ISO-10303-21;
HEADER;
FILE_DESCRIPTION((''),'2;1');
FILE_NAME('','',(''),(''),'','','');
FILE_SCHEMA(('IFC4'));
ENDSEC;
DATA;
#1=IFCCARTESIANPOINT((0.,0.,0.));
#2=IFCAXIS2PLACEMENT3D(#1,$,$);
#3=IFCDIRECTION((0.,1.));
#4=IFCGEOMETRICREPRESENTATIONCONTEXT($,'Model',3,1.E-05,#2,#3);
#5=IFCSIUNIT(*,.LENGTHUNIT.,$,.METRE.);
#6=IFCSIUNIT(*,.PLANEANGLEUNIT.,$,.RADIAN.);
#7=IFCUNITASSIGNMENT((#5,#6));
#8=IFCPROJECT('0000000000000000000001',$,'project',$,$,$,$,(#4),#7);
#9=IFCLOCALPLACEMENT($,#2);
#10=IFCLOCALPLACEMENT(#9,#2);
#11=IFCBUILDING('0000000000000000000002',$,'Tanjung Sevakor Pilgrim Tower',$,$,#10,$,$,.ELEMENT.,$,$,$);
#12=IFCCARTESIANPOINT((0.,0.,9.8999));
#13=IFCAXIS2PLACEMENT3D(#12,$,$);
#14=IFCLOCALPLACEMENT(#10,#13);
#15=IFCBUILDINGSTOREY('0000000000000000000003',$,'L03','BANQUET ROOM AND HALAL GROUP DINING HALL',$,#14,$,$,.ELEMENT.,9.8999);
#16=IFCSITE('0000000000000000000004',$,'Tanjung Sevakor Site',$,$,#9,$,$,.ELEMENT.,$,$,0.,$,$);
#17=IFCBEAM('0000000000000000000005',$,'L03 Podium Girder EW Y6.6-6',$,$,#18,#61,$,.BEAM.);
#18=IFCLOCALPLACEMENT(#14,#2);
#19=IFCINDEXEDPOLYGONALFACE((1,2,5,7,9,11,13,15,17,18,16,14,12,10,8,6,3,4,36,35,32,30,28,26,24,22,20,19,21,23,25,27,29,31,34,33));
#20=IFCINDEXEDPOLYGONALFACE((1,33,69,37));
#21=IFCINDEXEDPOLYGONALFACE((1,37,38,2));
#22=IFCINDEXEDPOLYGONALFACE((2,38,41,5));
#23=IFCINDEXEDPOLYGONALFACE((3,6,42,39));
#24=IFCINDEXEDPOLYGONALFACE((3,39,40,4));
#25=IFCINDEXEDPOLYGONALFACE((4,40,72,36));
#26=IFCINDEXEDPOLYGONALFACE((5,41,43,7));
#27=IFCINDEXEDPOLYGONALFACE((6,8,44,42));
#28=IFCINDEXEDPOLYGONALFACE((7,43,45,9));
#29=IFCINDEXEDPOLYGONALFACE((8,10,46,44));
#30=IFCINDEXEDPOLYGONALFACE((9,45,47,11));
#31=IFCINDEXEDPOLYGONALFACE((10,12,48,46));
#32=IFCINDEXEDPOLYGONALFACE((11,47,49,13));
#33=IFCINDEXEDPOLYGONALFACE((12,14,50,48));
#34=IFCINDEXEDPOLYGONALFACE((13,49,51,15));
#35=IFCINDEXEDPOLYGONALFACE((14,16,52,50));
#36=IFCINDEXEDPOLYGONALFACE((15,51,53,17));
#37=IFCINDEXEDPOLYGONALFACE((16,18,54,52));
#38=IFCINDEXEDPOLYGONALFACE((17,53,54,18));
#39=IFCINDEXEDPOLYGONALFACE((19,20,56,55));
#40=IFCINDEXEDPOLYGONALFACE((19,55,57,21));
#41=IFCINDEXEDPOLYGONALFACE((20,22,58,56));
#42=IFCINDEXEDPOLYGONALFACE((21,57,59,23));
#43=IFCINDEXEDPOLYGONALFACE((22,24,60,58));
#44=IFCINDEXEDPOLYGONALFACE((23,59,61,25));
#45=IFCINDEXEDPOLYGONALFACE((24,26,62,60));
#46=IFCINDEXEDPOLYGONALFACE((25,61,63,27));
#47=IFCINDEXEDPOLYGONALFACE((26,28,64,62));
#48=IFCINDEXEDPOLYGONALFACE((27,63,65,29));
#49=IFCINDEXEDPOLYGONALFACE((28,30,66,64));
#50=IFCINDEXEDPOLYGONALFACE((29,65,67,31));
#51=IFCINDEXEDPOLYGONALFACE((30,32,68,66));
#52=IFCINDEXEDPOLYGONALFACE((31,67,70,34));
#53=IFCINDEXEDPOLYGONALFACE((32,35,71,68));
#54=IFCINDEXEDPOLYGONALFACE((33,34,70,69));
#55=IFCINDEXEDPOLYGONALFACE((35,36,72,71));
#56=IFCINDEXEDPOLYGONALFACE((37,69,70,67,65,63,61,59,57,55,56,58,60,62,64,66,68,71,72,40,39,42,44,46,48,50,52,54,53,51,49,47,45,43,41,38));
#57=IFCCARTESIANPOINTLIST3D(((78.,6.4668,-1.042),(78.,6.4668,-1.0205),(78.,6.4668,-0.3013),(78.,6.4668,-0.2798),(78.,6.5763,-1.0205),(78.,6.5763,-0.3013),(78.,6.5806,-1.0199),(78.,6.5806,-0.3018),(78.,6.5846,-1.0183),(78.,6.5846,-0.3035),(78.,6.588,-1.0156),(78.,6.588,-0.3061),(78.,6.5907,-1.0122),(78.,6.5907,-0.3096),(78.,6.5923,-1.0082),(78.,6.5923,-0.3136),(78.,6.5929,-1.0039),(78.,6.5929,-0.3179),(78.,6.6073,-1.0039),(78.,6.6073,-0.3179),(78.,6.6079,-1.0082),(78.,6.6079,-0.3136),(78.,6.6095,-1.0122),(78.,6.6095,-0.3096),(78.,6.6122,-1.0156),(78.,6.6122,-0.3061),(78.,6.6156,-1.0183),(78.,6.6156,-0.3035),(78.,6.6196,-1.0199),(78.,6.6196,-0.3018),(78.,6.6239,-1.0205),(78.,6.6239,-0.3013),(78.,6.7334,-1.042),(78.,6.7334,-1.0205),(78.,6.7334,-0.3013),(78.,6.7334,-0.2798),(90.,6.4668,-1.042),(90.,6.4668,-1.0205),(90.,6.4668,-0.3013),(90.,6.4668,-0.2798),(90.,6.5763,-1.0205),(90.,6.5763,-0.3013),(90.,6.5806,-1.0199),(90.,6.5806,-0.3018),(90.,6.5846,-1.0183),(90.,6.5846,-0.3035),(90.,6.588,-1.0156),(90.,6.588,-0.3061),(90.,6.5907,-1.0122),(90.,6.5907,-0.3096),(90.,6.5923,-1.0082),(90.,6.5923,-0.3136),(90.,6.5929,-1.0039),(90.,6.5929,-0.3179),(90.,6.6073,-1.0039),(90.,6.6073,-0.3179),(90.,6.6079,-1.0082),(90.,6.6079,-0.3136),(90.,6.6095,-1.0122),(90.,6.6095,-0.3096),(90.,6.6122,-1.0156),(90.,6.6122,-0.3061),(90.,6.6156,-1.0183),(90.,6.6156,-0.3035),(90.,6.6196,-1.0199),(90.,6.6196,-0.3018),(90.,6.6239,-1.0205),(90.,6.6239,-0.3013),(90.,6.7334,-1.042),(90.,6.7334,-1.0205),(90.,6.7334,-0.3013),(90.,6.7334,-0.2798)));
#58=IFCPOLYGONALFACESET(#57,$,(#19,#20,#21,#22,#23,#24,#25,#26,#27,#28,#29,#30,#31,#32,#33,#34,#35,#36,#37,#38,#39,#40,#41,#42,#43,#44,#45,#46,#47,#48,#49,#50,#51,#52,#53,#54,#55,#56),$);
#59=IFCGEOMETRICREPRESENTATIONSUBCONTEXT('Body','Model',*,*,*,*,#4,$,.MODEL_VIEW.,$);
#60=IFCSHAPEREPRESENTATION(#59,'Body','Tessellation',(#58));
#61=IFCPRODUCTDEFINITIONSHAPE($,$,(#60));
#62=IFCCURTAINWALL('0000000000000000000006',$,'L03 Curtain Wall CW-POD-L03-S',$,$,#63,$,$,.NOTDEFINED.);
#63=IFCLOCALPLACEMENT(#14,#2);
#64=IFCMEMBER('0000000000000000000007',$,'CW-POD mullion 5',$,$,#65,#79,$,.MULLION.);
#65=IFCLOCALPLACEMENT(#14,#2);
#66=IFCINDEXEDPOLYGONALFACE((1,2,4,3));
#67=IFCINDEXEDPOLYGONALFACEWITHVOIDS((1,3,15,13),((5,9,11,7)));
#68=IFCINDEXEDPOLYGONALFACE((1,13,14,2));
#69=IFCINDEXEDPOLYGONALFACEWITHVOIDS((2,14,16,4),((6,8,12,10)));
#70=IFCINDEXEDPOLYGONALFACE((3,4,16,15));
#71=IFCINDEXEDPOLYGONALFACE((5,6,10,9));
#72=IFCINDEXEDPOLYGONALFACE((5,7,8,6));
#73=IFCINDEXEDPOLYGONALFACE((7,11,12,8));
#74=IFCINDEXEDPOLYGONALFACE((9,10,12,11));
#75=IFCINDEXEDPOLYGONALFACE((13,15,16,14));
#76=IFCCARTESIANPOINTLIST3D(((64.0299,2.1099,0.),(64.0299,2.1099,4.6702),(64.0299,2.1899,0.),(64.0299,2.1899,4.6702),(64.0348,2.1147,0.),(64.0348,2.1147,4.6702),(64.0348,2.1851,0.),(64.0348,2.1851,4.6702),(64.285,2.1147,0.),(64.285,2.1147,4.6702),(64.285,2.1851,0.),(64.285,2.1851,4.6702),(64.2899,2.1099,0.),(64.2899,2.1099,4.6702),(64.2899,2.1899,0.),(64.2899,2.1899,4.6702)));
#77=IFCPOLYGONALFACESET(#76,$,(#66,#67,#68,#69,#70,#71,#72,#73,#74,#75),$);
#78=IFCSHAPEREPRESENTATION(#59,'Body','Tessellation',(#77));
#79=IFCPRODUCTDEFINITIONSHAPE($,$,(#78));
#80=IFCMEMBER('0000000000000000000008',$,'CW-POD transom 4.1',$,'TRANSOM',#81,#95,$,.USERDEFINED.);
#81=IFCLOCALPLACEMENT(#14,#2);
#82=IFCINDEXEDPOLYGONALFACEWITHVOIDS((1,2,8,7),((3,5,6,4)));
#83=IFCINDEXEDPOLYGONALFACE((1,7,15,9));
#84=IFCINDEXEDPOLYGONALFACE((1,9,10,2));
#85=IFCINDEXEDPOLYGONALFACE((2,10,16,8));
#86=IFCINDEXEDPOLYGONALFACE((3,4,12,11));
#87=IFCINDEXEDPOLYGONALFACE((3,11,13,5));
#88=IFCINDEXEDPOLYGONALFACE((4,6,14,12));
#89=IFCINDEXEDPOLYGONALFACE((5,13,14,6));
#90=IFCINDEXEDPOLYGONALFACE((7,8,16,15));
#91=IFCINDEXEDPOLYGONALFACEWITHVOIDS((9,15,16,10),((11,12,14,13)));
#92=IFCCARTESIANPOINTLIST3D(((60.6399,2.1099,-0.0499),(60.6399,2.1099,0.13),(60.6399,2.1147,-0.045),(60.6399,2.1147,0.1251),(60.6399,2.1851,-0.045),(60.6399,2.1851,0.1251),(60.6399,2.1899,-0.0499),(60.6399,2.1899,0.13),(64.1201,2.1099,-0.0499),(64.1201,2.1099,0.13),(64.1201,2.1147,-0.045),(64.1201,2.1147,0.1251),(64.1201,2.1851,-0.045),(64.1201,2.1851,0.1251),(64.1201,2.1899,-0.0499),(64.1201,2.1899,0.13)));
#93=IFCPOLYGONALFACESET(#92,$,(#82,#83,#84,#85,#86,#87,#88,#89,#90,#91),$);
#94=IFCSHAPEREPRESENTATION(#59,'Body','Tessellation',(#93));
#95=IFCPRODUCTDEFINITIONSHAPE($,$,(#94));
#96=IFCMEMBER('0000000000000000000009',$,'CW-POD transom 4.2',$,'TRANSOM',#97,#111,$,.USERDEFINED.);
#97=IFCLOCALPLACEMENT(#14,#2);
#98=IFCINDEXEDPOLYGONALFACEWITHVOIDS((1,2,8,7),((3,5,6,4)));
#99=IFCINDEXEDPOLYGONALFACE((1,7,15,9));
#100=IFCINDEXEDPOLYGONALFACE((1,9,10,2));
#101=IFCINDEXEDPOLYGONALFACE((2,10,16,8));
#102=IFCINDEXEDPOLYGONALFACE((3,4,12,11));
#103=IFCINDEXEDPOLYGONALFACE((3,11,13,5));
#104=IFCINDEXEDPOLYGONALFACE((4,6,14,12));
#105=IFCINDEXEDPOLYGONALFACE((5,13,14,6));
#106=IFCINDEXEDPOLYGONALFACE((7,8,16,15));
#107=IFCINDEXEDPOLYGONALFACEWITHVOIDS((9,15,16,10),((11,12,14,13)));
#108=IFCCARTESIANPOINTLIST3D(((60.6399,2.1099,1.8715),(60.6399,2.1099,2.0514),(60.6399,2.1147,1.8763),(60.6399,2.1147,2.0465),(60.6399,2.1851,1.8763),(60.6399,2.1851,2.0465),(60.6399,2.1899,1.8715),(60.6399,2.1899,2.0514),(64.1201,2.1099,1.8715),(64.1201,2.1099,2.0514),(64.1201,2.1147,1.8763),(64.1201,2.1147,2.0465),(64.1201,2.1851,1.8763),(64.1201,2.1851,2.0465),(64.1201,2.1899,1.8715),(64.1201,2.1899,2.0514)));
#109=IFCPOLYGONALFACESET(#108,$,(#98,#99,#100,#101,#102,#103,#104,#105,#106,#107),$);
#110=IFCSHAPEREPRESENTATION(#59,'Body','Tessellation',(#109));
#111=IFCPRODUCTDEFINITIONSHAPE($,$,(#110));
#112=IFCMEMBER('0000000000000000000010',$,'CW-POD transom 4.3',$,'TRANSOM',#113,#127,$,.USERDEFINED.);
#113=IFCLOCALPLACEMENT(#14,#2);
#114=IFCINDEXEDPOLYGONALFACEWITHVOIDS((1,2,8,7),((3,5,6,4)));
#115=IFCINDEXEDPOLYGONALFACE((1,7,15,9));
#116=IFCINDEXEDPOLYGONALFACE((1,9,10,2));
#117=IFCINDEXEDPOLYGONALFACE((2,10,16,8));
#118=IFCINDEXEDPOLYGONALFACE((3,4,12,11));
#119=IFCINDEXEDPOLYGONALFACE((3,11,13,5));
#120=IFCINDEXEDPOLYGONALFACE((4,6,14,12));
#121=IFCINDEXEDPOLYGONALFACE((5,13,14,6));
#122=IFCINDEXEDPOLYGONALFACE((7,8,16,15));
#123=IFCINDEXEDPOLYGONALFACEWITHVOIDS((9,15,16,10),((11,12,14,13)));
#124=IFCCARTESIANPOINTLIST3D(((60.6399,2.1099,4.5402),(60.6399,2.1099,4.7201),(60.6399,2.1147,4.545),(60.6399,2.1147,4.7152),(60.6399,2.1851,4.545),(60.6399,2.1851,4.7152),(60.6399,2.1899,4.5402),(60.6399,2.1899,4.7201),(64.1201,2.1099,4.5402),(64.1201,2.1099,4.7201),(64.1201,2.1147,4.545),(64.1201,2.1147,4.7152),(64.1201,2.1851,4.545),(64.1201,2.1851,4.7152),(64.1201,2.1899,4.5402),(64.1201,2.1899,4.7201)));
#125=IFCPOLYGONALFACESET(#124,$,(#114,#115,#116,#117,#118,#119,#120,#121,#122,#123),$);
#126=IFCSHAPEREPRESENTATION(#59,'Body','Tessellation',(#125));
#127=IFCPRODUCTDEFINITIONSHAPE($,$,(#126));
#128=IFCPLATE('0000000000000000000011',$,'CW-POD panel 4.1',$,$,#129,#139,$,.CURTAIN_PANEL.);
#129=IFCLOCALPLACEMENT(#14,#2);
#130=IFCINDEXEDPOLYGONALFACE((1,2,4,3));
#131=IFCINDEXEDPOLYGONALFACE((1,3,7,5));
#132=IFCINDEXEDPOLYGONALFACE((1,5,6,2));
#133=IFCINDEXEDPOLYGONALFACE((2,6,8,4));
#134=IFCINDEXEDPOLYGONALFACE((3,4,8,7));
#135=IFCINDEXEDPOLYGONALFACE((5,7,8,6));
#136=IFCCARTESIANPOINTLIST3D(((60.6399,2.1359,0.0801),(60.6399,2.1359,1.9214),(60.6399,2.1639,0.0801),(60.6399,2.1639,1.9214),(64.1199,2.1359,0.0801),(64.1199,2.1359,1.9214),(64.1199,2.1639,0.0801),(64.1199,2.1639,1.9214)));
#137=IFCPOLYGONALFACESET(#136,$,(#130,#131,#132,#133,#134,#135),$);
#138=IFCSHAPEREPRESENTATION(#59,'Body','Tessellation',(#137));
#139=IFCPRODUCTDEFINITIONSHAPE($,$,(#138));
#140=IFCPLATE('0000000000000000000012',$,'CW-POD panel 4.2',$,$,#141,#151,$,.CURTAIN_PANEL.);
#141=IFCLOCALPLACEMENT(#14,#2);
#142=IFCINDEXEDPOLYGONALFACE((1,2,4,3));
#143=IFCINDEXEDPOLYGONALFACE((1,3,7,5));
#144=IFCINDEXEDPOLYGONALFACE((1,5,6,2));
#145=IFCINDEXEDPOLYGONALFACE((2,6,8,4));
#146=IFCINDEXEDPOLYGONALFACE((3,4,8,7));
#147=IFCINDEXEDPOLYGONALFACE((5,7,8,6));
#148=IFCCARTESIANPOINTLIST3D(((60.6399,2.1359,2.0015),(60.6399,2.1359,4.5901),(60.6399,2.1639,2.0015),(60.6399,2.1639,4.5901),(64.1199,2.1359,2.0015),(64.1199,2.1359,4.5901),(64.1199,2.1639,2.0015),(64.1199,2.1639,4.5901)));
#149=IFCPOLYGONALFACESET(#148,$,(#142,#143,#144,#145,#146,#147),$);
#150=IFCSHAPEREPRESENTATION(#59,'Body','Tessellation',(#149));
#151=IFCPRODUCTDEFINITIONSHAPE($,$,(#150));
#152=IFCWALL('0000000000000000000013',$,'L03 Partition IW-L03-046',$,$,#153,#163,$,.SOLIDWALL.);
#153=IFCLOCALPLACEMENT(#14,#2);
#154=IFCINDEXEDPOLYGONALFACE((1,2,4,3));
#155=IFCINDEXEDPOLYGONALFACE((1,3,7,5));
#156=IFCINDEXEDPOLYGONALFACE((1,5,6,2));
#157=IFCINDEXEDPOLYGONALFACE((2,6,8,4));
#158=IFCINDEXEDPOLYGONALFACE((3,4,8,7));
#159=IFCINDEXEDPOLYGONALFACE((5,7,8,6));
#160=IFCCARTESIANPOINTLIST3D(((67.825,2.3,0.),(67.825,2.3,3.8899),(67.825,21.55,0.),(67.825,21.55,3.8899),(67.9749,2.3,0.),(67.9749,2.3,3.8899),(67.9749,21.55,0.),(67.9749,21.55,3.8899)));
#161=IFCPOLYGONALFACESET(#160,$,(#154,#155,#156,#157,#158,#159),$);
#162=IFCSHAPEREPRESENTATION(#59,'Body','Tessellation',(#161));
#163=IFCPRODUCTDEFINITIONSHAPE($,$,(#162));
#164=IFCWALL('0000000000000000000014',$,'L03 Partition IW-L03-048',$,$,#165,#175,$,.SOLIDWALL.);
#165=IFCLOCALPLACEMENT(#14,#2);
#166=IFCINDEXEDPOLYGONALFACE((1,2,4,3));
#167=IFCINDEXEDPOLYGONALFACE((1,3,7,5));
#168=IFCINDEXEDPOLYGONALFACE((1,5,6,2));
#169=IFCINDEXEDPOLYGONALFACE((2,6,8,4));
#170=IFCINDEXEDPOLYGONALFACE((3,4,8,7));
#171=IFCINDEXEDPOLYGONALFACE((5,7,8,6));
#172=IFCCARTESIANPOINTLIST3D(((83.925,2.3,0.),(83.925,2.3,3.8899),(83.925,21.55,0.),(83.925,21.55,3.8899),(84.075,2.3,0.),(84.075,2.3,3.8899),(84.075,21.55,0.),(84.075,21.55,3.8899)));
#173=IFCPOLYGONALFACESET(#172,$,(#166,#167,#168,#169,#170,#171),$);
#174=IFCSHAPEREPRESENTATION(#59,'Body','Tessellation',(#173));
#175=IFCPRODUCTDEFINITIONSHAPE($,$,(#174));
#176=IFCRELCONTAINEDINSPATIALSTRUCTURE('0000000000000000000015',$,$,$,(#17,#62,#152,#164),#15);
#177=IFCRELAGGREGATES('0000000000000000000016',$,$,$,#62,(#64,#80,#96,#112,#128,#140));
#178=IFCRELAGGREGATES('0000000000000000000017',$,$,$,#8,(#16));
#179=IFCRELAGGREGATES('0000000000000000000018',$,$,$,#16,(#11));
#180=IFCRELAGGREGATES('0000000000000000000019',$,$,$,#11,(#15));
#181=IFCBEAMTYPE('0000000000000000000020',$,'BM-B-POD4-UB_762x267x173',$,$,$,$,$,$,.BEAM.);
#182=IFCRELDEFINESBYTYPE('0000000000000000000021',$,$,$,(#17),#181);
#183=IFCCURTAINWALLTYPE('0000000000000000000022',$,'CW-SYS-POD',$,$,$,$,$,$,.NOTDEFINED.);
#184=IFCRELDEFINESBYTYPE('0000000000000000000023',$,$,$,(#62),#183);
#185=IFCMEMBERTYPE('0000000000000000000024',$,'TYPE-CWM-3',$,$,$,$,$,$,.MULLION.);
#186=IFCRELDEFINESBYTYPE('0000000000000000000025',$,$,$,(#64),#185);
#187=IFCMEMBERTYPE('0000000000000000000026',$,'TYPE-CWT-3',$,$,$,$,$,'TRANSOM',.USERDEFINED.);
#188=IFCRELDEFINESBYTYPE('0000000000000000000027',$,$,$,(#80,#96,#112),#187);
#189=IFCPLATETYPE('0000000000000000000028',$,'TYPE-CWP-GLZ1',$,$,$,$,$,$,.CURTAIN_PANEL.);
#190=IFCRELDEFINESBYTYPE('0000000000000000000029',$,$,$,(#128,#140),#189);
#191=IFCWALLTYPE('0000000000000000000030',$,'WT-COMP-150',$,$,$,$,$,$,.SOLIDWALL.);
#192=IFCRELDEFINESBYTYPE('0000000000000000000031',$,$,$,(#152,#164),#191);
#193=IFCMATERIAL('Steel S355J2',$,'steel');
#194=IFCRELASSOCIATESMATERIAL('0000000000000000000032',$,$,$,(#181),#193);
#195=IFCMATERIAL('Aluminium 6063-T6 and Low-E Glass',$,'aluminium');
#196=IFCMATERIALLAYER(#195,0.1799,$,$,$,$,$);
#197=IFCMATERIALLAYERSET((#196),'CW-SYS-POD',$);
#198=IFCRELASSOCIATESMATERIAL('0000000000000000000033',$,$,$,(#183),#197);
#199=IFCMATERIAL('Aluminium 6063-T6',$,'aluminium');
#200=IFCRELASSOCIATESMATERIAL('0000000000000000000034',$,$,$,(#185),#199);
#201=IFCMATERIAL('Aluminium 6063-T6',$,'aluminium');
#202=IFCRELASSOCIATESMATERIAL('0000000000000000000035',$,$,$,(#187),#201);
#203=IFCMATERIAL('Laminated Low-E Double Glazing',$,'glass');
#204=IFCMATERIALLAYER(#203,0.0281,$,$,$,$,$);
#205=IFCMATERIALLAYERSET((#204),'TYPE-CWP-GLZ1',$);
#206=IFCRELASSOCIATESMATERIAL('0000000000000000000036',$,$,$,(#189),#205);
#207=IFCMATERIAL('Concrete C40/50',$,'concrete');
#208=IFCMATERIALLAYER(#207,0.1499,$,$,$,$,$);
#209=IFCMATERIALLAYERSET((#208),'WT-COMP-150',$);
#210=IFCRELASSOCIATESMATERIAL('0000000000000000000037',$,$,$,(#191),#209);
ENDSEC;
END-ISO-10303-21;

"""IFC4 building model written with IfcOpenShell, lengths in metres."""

from ifc_helpers import new_model, si_unit, direction, frame, frame_2d, origin, origin_2d, place, context, subcontext, project, spatial, rectangle, hollow_rectangle, i_section, extrude, material, layer, layer_set, material_profile, profile_set, type_object, element, aggregate, save


model = new_model("IFC4")

# Units and contexts
model_context = context("Model", 3, precision=1e-05, world=origin(), true_north=direction((0.0, 1.0)))
body_context = subcontext(model_context, "Body", "Model", "MODEL_VIEW")
ifc_project = project(units=[si_unit("LENGTHUNIT", "METRE"), si_unit("PLANEANGLEUNIT", "RADIAN")], contexts=[model_context])

# Site, building, storey
site_placement = place(None, origin())
site = spatial("IfcSite", under=ifc_project, at=site_placement, Name="Tanjung Sevakor Site", CompositionType="ELEMENT", RefElevation=0.0)
building_placement = place(site_placement, origin())
building = spatial("IfcBuilding", under=site, at=building_placement, Name="Tanjung Sevakor Pilgrim Tower", CompositionType="ELEMENT")
storey_placement = place(building_placement, frame((0.0, 0.0, 9.8999)))
storey = spatial("IfcBuildingStorey", under=building, at=storey_placement, Name="L03", Description="BANQUET ROOM AND HALAL GROUP DINING HALL", CompositionType="ELEMENT", Elevation=9.8999)

# Beam
ifc_material_1 = material(Name="Steel S355J2", Category="steel")
ifc_material_profile_1 = material_profile(ifc_material_1, i_section(OverallWidth=0.2666, OverallDepth=0.7622, WebThickness=0.0144, FlangeThickness=0.0215, FilletRadius=0.0166, at=origin_2d()))
ifc_profile_set_1 = profile_set([ifc_material_profile_1], Name="Steel S355J2")
beam_type_1 = type_object("IfcBeamType", Name="BM-B-POD4-UB_762x267x173", PredefinedType="BEAM", material=ifc_profile_set_1)
beam_1_placement = place(storey_placement, frame((78.0, 6.6001, -0.6609), z_axis=(1.0, 0.0, 0.0), x_axis=(0.0, 1.0, 0.0)))
element("IfcBeam", 1, at=beam_1_placement, inside=storey, type_object=beam_type_1, Name="L03 Podium Girder EW Y6.6-6", PredefinedType="BEAM", context=body_context, shape_type="SweptSolid", body=[
    extrude(i_section(OverallWidth=0.2666, OverallDepth=0.7622, WebThickness=0.0144, FlangeThickness=0.0215, FilletRadius=0.0166, at=origin_2d()), origin(), (0.0, 0.0, 1.0), 12.0),
])

# Curtain wall, members, plates
ifc_material_2 = material(Name="Aluminium 6063-T6 and Low-E Glass", Category="aluminium")
ifc_layer_1 = layer(ifc_material_2, 0.1799)
ifc_layer_set_1 = layer_set([ifc_layer_1], Name="CW-SYS-POD")
curtain_wall_type = type_object("IfcCurtainWallType", Name="CW-SYS-POD", PredefinedType="NOTDEFINED", material=ifc_layer_set_1)
curtain_wall_placement = place(storey_placement, origin())
curtain_wall = element("IfcCurtainWall", 2, at=curtain_wall_placement, inside=storey, type_object=curtain_wall_type, Name="L03 Curtain Wall CW-POD-L03-S", PredefinedType="NOTDEFINED")
ifc_material_3 = material(Name="Aluminium 6063-T6", Category="aluminium")
ifc_material_profile_2 = material_profile(ifc_material_3, hollow_rectangle(XDim=0.0801, YDim=0.26, WallThickness=0.0049, at=origin_2d()))
ifc_profile_set_2 = profile_set([ifc_material_profile_2], Name="Aluminium 6063-T6")
member_type_1 = type_object("IfcMemberType", Name="TYPE-CWM-3", PredefinedType="MULLION", material=ifc_profile_set_2)
member_1_placement = place(storey_placement, frame((64.1599, 2.1499, 0.0), z_axis=(0.0, 0.0, 1.0), x_axis=(0.0, 1.0, 0.0)))
member_1 = element("IfcMember", 3, at=member_1_placement, type_object=member_type_1, Name="CW-POD mullion 5", PredefinedType="MULLION", context=body_context, shape_type="SweptSolid", body=[
    extrude(hollow_rectangle(XDim=0.0801, YDim=0.26, WallThickness=0.0049, at=origin_2d()), origin(), (0.0, 0.0, 1.0), 4.6702),
])
ifc_material_4 = material(Name="Aluminium 6063-T6", Category="aluminium")
ifc_material_profile_3 = material_profile(ifc_material_4, hollow_rectangle(XDim=0.0801, YDim=0.1799, WallThickness=0.0049, at=origin_2d()))
ifc_profile_set_3 = profile_set([ifc_material_profile_3], Name="Aluminium 6063-T6")
member_type_2 = type_object("IfcMemberType", Name="TYPE-CWT-3", ElementType="TRANSOM", PredefinedType="USERDEFINED", material=ifc_profile_set_3)
member_2_placement = place(storey_placement, frame((60.6399, 2.1499, 0.04), z_axis=(1.0, 0.0, 0.0), x_axis=(0.0, 1.0, 0.0)))
member_2 = element("IfcMember", 4, at=member_2_placement, type_object=member_type_2, Name="CW-POD transom 4.1", ObjectType="TRANSOM", PredefinedType="USERDEFINED", context=body_context, shape_type="SweptSolid", body=[
    extrude(hollow_rectangle(XDim=0.0801, YDim=0.1799, WallThickness=0.0049, at=origin_2d()), origin(), (0.0, 0.0, 1.0), 3.4802),
])
member_3_placement = place(storey_placement, frame((60.6399, 2.1499, 1.9614), z_axis=(1.0, 0.0, 0.0), x_axis=(0.0, 1.0, 0.0)))
member_3 = element("IfcMember", 5, at=member_3_placement, type_object=member_type_2, Name="CW-POD transom 4.2", ObjectType="TRANSOM", PredefinedType="USERDEFINED", context=body_context, shape_type="SweptSolid", body=[
    extrude(hollow_rectangle(XDim=0.0801, YDim=0.1799, WallThickness=0.0049, at=origin_2d()), origin(), (0.0, 0.0, 1.0), 3.4802),
])
member_4_placement = place(storey_placement, frame((60.6399, 2.1499, 4.6301), z_axis=(1.0, 0.0, 0.0), x_axis=(0.0, 1.0, 0.0)))
member_4 = element("IfcMember", 6, at=member_4_placement, type_object=member_type_2, Name="CW-POD transom 4.3", ObjectType="TRANSOM", PredefinedType="USERDEFINED", context=body_context, shape_type="SweptSolid", body=[
    extrude(hollow_rectangle(XDim=0.0801, YDim=0.1799, WallThickness=0.0049, at=origin_2d()), origin(), (0.0, 0.0, 1.0), 3.4802),
])
ifc_material_5 = material(Name="Laminated Low-E Double Glazing", Category="glass")
ifc_layer_2 = layer(ifc_material_5, 0.0281)
ifc_layer_set_2 = layer_set([ifc_layer_2], Name="TYPE-CWP-GLZ1")
plate_type = type_object("IfcPlateType", Name="TYPE-CWP-GLZ1", PredefinedType="CURTAIN_PANEL", material=ifc_layer_set_2)
plate_1_placement = place(storey_placement, frame((62.3799, 2.1499, 0.0801), z_axis=(0.0, 0.0, 1.0), x_axis=(1.0, 0.0, 0.0)))
plate_1 = element("IfcPlate", 7, at=plate_1_placement, type_object=plate_type, Name="CW-POD panel 4.1", PredefinedType="CURTAIN_PANEL", context=body_context, shape_type="SweptSolid", body=[
    extrude(rectangle(XDim=3.48, YDim=0.0281, at=origin_2d()), origin(), (0.0, 0.0, 1.0), 1.8413),
])
plate_2_placement = place(storey_placement, frame((62.3799, 2.1499, 2.0015), z_axis=(0.0, 0.0, 1.0), x_axis=(1.0, 0.0, 0.0)))
plate_2 = element("IfcPlate", 8, at=plate_2_placement, type_object=plate_type, Name="CW-POD panel 4.2", PredefinedType="CURTAIN_PANEL", context=body_context, shape_type="SweptSolid", body=[
    extrude(rectangle(XDim=3.48, YDim=0.0281, at=origin_2d()), origin(), (0.0, 0.0, 1.0), 2.5886),
])
aggregate(curtain_wall, [member_1, member_2, member_3, member_4, plate_1, plate_2])

# Walls
ifc_material_6 = material(Name="Concrete C40/50", Category="concrete")
ifc_layer_3 = layer(ifc_material_6, 0.1499)
ifc_layer_set_3 = layer_set([ifc_layer_3], Name="WT-COMP-150")
wall_type_1 = type_object("IfcWallType", Name="WT-COMP-150", PredefinedType="SOLIDWALL", material=ifc_layer_set_3)
for number, where, z_axis, x_axis, name in (
    (9, (67.8999, 2.3, 0.0), (0.0, 0.0, 1.0), (0.0, 1.0, 0.0), "L03 Partition IW-L03-046"),
    (10, (84.0, 2.3, 0.0), (0.0, 0.0, 1.0), (0.0, 1.0, 0.0), "L03 Partition IW-L03-048"),
):
    element("IfcWall", number, at=place(storey_placement, frame(where, z_axis=z_axis, x_axis=x_axis)), inside=storey, type_object=wall_type_1, Name=name, PredefinedType="SOLIDWALL", context=body_context, shape_type="SweptSolid", body=[
        extrude(rectangle(XDim=19.25, YDim=0.1499, at=frame_2d((9.625, 0.0))), origin(), (0.0, 0.0, 1.0), 3.8899),
    ])

save(model, "model.ifc")
